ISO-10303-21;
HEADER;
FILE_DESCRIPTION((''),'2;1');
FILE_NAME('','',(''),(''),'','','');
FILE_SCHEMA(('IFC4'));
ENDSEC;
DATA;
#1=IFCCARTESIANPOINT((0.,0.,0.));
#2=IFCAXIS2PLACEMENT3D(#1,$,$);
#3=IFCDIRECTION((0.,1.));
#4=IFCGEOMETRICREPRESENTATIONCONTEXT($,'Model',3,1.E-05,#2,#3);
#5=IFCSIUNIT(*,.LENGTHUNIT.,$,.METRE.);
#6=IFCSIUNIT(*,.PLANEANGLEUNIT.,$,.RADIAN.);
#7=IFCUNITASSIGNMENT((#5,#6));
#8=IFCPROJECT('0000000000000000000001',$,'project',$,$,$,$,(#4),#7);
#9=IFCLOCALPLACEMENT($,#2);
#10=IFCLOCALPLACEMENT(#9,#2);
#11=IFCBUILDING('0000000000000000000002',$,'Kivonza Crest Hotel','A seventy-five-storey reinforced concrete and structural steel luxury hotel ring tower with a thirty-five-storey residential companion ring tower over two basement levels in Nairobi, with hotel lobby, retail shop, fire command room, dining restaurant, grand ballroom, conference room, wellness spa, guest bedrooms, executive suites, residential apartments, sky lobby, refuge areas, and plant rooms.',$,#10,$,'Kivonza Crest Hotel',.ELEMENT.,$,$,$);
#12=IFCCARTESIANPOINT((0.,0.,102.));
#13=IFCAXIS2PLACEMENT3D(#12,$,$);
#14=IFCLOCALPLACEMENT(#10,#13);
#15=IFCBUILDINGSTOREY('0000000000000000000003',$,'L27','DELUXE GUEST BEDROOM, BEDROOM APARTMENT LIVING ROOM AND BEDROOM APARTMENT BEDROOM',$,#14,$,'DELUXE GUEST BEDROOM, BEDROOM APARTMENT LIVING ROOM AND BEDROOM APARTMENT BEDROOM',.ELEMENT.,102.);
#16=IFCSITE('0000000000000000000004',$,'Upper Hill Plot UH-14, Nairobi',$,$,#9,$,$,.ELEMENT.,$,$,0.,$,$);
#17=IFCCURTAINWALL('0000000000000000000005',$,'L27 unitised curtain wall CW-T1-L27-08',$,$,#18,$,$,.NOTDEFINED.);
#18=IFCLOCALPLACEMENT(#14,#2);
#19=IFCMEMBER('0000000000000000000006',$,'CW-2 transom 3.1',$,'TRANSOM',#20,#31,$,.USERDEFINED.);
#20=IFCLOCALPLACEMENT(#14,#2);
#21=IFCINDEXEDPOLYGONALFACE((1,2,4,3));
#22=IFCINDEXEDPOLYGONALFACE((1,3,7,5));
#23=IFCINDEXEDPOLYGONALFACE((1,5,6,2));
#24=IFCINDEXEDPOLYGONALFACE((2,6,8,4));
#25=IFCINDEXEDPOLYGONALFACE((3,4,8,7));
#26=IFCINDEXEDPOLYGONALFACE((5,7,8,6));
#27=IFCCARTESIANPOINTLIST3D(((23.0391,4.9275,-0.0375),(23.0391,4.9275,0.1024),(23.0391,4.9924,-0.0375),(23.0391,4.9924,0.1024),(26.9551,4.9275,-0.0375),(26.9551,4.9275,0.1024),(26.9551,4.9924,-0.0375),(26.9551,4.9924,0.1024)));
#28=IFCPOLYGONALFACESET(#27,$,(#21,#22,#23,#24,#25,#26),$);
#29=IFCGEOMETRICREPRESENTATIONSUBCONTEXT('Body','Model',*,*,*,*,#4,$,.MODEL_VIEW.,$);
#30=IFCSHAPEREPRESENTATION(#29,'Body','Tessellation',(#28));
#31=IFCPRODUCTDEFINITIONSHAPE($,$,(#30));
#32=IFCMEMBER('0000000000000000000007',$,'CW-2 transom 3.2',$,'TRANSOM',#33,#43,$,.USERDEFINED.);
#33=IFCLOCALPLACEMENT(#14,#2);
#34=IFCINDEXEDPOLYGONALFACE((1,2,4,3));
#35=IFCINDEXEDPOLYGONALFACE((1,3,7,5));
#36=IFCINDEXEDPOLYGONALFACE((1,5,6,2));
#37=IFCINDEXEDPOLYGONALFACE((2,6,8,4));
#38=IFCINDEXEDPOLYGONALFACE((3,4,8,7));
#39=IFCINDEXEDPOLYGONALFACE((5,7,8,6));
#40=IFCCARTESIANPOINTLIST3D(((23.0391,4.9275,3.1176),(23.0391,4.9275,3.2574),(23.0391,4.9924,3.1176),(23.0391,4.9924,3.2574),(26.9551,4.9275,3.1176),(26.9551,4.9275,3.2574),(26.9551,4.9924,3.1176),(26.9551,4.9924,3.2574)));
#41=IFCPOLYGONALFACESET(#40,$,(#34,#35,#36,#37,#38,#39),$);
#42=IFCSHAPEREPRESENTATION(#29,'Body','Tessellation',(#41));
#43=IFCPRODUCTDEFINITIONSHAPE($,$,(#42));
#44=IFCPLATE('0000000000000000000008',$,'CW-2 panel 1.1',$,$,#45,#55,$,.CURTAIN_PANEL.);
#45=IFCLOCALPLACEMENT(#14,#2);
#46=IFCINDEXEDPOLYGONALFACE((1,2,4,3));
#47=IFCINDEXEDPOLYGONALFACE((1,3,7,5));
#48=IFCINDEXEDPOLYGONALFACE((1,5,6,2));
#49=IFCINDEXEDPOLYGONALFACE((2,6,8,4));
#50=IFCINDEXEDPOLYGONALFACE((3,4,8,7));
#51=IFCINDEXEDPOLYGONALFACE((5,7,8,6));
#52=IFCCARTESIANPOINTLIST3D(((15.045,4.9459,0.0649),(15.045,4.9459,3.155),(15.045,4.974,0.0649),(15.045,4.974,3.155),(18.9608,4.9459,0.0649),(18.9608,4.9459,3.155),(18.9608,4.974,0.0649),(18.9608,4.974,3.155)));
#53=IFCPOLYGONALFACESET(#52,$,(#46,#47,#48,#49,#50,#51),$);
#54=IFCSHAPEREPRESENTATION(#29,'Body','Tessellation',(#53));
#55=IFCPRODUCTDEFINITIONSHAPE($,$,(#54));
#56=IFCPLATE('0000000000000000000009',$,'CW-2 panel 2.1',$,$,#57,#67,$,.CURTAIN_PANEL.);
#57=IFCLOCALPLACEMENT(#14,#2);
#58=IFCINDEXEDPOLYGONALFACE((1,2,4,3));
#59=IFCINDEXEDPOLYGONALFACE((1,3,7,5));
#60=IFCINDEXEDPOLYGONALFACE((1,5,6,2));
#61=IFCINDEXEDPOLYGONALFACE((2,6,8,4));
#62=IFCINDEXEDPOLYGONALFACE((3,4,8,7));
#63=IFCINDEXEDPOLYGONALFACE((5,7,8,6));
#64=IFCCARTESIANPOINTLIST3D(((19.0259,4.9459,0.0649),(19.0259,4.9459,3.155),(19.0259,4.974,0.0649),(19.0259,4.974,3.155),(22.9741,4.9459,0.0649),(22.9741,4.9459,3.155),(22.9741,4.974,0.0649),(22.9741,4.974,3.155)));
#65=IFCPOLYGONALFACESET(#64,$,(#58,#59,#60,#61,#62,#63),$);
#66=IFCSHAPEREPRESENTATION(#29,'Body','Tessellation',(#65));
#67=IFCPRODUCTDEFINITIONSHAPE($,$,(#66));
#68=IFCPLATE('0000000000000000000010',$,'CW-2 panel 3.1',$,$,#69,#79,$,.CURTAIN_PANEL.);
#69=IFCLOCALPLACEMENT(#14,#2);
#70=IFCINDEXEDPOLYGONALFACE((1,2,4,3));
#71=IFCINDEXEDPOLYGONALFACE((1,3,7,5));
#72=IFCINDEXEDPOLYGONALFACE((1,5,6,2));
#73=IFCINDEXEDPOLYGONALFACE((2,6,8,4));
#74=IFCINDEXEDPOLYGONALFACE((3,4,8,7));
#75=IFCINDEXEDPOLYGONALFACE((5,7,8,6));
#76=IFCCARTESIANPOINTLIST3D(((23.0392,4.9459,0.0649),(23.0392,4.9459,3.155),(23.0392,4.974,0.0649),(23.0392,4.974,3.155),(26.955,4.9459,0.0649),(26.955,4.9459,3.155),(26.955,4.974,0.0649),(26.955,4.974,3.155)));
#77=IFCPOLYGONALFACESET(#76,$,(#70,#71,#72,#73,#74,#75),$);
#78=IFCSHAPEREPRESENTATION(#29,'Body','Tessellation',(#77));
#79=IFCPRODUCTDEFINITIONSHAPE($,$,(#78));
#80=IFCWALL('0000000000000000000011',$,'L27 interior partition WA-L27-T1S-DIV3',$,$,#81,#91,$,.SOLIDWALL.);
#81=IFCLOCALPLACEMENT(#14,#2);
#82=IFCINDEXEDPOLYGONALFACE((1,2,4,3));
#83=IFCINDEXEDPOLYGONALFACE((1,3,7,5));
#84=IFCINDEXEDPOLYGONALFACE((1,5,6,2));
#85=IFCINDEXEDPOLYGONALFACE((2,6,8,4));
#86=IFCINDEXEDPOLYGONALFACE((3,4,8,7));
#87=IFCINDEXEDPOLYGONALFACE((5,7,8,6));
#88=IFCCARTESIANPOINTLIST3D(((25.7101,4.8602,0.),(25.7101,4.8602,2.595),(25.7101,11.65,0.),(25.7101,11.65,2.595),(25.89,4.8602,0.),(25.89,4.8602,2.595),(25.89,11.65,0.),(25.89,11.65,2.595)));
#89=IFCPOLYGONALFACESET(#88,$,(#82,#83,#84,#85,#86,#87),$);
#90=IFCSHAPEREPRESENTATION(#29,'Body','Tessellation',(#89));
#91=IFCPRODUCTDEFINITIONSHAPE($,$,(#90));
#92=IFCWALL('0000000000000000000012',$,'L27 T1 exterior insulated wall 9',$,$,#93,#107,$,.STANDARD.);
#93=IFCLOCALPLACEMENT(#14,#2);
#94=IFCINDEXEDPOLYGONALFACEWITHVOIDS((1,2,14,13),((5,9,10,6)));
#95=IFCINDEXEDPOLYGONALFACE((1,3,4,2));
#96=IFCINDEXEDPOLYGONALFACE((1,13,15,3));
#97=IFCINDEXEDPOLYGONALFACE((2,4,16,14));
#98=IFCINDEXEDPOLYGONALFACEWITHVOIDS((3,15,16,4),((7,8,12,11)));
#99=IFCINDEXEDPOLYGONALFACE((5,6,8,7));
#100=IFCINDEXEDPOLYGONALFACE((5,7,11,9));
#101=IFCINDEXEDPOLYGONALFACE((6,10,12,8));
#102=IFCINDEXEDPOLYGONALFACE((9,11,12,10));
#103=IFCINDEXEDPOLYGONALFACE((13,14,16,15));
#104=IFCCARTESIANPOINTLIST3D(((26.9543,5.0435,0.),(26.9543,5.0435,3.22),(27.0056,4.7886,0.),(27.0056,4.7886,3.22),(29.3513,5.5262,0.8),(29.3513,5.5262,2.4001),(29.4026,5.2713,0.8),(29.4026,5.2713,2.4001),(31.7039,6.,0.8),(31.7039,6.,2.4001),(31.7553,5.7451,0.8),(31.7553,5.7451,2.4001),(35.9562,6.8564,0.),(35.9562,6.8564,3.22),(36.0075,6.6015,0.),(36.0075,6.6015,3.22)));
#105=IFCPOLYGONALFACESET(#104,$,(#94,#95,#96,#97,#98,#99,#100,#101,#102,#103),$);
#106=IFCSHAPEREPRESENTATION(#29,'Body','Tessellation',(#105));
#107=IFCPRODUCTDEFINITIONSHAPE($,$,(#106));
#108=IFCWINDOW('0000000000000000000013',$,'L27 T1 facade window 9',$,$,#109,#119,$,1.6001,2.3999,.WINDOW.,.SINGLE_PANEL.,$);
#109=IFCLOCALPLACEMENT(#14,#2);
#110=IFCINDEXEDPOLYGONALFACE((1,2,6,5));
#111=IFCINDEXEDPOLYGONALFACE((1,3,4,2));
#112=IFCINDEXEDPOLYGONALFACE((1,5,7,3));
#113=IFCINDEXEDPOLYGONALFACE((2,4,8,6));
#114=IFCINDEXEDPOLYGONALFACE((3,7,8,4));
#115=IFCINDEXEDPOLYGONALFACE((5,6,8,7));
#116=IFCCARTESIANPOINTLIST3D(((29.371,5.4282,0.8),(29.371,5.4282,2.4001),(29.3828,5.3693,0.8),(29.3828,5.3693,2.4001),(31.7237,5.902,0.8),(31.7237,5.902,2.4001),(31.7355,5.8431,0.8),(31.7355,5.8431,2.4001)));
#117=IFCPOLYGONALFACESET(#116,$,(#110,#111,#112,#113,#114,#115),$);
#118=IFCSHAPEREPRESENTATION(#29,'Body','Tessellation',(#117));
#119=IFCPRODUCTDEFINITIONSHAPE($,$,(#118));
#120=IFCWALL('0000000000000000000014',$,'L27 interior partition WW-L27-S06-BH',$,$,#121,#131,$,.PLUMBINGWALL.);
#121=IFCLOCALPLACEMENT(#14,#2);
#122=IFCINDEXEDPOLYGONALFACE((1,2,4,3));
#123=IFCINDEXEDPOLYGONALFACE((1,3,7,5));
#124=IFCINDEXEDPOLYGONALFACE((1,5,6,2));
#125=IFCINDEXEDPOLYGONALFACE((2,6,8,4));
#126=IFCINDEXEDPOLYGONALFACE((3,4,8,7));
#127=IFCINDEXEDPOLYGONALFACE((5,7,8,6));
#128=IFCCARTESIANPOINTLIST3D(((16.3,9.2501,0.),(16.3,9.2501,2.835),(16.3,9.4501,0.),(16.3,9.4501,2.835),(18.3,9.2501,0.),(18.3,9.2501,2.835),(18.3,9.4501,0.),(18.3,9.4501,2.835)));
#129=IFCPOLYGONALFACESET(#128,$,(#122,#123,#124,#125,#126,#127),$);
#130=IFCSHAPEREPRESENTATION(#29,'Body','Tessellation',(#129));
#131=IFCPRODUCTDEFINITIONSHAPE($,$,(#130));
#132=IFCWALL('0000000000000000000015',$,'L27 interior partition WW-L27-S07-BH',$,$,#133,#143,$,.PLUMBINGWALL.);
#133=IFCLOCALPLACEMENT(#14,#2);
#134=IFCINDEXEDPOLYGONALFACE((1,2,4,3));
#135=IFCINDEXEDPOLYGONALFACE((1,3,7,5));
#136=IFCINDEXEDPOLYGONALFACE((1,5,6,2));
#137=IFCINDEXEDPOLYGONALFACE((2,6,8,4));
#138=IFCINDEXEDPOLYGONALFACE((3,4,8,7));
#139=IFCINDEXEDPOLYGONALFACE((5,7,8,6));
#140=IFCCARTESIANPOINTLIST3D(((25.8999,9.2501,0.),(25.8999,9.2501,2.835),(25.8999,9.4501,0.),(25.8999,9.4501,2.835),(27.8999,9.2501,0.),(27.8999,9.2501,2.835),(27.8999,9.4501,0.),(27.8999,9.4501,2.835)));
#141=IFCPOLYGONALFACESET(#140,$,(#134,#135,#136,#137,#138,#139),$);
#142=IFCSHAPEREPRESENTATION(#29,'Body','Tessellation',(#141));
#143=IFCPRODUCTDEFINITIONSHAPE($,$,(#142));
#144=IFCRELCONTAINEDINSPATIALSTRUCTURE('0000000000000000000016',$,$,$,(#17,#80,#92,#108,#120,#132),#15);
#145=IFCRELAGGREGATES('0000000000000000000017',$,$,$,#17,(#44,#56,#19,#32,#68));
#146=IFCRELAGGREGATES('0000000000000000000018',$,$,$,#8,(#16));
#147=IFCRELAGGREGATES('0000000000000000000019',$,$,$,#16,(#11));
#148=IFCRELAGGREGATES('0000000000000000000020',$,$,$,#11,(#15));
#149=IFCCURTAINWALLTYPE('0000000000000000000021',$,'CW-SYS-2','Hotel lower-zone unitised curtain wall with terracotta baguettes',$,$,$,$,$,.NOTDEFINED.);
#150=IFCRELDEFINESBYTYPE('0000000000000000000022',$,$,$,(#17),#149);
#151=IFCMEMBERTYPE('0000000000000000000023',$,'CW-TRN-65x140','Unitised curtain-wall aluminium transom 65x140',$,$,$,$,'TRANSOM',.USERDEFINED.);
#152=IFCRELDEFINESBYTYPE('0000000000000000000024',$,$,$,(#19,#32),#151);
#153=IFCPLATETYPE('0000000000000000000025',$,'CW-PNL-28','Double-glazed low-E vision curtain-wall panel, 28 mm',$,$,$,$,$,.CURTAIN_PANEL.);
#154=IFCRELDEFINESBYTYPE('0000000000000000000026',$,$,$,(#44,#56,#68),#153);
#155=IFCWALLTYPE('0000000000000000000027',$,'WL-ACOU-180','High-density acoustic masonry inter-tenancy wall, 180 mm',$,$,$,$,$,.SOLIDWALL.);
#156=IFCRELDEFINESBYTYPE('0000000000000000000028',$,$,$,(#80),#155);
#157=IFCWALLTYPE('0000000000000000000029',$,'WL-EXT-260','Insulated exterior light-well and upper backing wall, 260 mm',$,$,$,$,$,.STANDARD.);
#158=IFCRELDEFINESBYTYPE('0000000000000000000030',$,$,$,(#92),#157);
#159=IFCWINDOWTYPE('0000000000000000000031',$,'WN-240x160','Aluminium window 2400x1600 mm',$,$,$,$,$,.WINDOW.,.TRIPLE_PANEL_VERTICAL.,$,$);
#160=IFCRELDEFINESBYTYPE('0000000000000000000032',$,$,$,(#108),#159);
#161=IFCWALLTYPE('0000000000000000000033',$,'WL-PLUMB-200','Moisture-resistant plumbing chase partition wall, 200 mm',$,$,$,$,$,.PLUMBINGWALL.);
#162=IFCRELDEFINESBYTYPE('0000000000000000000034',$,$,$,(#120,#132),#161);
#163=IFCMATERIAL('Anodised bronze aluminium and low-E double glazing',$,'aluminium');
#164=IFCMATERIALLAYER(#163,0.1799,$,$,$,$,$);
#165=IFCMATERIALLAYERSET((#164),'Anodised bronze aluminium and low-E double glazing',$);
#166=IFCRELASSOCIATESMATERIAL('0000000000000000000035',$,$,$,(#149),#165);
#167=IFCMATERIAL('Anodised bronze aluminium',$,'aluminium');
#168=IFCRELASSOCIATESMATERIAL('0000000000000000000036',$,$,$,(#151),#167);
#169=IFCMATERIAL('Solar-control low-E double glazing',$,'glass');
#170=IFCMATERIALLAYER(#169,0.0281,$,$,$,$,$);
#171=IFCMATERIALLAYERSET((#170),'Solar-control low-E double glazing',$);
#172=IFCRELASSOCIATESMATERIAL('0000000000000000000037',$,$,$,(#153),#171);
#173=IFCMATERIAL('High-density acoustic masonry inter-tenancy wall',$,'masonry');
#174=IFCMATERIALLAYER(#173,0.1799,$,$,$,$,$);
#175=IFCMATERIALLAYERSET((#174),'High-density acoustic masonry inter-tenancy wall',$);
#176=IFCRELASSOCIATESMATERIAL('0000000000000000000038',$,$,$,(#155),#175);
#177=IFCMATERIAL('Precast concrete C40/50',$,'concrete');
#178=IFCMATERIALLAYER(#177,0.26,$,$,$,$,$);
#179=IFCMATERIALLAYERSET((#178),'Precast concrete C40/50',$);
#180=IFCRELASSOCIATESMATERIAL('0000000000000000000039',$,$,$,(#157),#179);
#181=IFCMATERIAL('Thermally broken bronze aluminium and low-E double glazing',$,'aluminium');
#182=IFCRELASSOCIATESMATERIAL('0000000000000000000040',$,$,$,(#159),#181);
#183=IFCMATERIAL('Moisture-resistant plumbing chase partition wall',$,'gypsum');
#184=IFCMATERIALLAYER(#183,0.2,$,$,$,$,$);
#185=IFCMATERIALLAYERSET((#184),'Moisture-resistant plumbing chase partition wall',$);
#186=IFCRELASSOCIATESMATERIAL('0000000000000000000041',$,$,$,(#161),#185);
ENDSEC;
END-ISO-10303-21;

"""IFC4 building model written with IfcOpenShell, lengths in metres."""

from ifc_helpers import new_model, si_unit, direction, frame, frame_2d, origin, origin_2d, place, context, subcontext, project, spatial, rectangle, extrude, material, layer, layer_set, material_profile, profile_set, type_object, element, fill, aggregate, save


model = new_model("IFC4")

# Units and contexts
model_context = context("Model", 3, precision=1e-05, world=origin(), true_north=direction((0.0, 1.0)))
body_context = subcontext(model_context, "Body", "Model", "MODEL_VIEW")
ifc_project = project(units=[si_unit("LENGTHUNIT", "METRE"), si_unit("PLANEANGLEUNIT", "RADIAN")], contexts=[model_context])

# Site, building, storey
site_placement = place(None, origin())
site = spatial("IfcSite", under=ifc_project, at=site_placement, Name="Upper Hill Plot UH-14, Nairobi", CompositionType="ELEMENT", RefElevation=0.0)
building_placement = place(site_placement, origin())
building = spatial("IfcBuilding", under=site, at=building_placement, Name="Kivonza Crest Hotel", Description="A seventy-five-storey reinforced concrete and structural steel luxury hotel ring tower with a thirty-five-storey residential companion ring tower over two basement levels in Nairobi, with hotel lobby, retail shop, fire command room, dining restaurant, grand ballroom, conference room, wellness spa, guest bedrooms, executive suites, residential apartments, sky lobby, refuge areas, and plant rooms.", LongName="Kivonza Crest Hotel", CompositionType="ELEMENT")
storey_placement = place(building_placement, frame((0.0, 0.0, 102.0)))
storey = spatial("IfcBuildingStorey", under=building, at=storey_placement, Name="L27", Description="DELUXE GUEST BEDROOM, BEDROOM APARTMENT LIVING ROOM AND BEDROOM APARTMENT BEDROOM", LongName="DELUXE GUEST BEDROOM, BEDROOM APARTMENT LIVING ROOM AND BEDROOM APARTMENT BEDROOM", CompositionType="ELEMENT", Elevation=102.0)

# Curtain wall, members, plates
ifc_material_1 = material(Name="Anodised bronze aluminium and low-E double glazing", Category="aluminium")
ifc_layer_1 = layer(ifc_material_1, 0.1799)
ifc_layer_set_1 = layer_set([ifc_layer_1], Name="Anodised bronze aluminium and low-E double glazing")
curtain_wall_type = type_object("IfcCurtainWallType", Name="CW-SYS-2", Description="Hotel lower-zone unitised curtain wall with terracotta baguettes", PredefinedType="NOTDEFINED", material=ifc_layer_set_1)
curtain_wall_placement = place(storey_placement, origin())
curtain_wall = element("IfcCurtainWall", 1, at=curtain_wall_placement, inside=storey, type_object=curtain_wall_type, Name="L27 unitised curtain wall CW-T1-L27-08", PredefinedType="NOTDEFINED")
ifc_material_2 = material(Name="Anodised bronze aluminium", Category="aluminium")
ifc_material_profile_1 = material_profile(ifc_material_2, rectangle(XDim=0.0649, YDim=0.1399, at=origin_2d()), Name="CW-T 65x140")
ifc_profile_set_1 = profile_set([ifc_material_profile_1], Name="Anodised bronze aluminium")
member_type_1 = type_object("IfcMemberType", Name="CW-TRN-65x140", Description="Unitised curtain-wall aluminium transom 65x140", ElementType="TRANSOM", PredefinedType="USERDEFINED", material=ifc_profile_set_1)
member_1_placement = place(storey_placement, frame((23.0391, 4.96, 0.0325), z_axis=(1.0, 0.0, 0.0), x_axis=(0.0, 1.0, 0.0)))
member_1 = element("IfcMember", 2, at=member_1_placement, type_object=member_type_1, Name="CW-2 transom 3.1", ObjectType="TRANSOM", PredefinedType="USERDEFINED", context=body_context, shape_type="SweptSolid", body=[
    extrude(rectangle(XDim=0.0649, YDim=0.1399, at=origin_2d()), origin(), (0.0, 0.0, 1.0), 3.916),
])
member_2_placement = place(storey_placement, frame((23.0391, 4.96, 3.1875), z_axis=(1.0, 0.0, 0.0), x_axis=(0.0, 1.0, 0.0)))
member_2 = element("IfcMember", 3, at=member_2_placement, type_object=member_type_1, Name="CW-2 transom 3.2", ObjectType="TRANSOM", PredefinedType="USERDEFINED", context=body_context, shape_type="SweptSolid", body=[
    extrude(rectangle(XDim=0.0649, YDim=0.1399, at=origin_2d()), origin(), (0.0, 0.0, 1.0), 3.916),
])
ifc_material_3 = material(Name="Solar-control low-E double glazing", Category="glass")
ifc_layer_2 = layer(ifc_material_3, 0.0281)
ifc_layer_set_2 = layer_set([ifc_layer_2], Name="Solar-control low-E double glazing")
plate_type = type_object("IfcPlateType", Name="CW-PNL-28", Description="Double-glazed low-E vision curtain-wall panel, 28 mm", PredefinedType="CURTAIN_PANEL", material=ifc_layer_set_2)
plate_1_placement = place(storey_placement, frame((17.0029, 4.96, 0.0649), z_axis=(0.0, 0.0, 1.0), x_axis=(1.0, 0.0, 0.0)))
plate_1 = element("IfcPlate", 4, at=plate_1_placement, type_object=plate_type, Name="CW-2 panel 1.1", PredefinedType="CURTAIN_PANEL", context=body_context, shape_type="SweptSolid", body=[
    extrude(rectangle(XDim=3.9158, YDim=0.0281, at=origin_2d()), origin(), (0.0, 0.0, 1.0), 3.0901),
])
plate_2_placement = place(storey_placement, frame((21.0, 4.96, 0.0649), z_axis=(0.0, 0.0, 1.0), x_axis=(1.0, 0.0, 0.0)))
plate_2 = element("IfcPlate", 5, at=plate_2_placement, type_object=plate_type, Name="CW-2 panel 2.1", PredefinedType="CURTAIN_PANEL", context=body_context, shape_type="SweptSolid", body=[
    extrude(rectangle(XDim=3.9482, YDim=0.0281, at=origin_2d()), origin(), (0.0, 0.0, 1.0), 3.0901),
])
plate_3_placement = place(storey_placement, frame((24.9971, 4.96, 0.0649), z_axis=(0.0, 0.0, 1.0), x_axis=(1.0, 0.0, 0.0)))
plate_3 = element("IfcPlate", 6, at=plate_3_placement, type_object=plate_type, Name="CW-2 panel 3.1", PredefinedType="CURTAIN_PANEL", context=body_context, shape_type="SweptSolid", body=[
    extrude(rectangle(XDim=3.9158, YDim=0.0281, at=origin_2d()), origin(), (0.0, 0.0, 1.0), 3.0901),
])
aggregate(curtain_wall, [plate_1, plate_2, member_1, member_2, plate_3])

# Wall
ifc_material_4 = material(Name="High-density acoustic masonry inter-tenancy wall", Category="masonry")
ifc_layer_3 = layer(ifc_material_4, 0.1799)
ifc_layer_set_3 = layer_set([ifc_layer_3], Name="High-density acoustic masonry inter-tenancy wall")
wall_type_1 = type_object("IfcWallType", Name="WL-ACOU-180", Description="High-density acoustic masonry inter-tenancy wall, 180 mm", PredefinedType="SOLIDWALL", material=ifc_layer_set_3)
wall_1_placement = place(storey_placement, frame((25.8, 4.8601, 0.0), z_axis=(0.0, 0.0, 1.0), x_axis=(0.0, 1.0, 0.0)))
element("IfcWall", 7, at=wall_1_placement, inside=storey, type_object=wall_type_1, Name="L27 interior partition WA-L27-T1S-DIV3", PredefinedType="SOLIDWALL", context=body_context, shape_type="SweptSolid", body=[
    extrude(rectangle(XDim=6.7898, YDim=0.1799, at=frame_2d((3.395, 0.0))), origin(), (0.0, 0.0, 1.0), 2.595),
])

# Wall, opening, window
ifc_material_5 = material(Name="Precast concrete C40/50", Category="concrete")
ifc_layer_4 = layer(ifc_material_5, 0.26)
ifc_layer_set_4 = layer_set([ifc_layer_4], Name="Precast concrete C40/50")
wall_type_2 = type_object("IfcWallType", Name="WL-EXT-260", Description="Insulated exterior light-well and upper backing wall, 260 mm", PredefinedType="STANDARD", material=ifc_layer_set_4)
wall_2_placement = place(storey_placement, frame((26.98, 4.916, 0.0), z_axis=(0.0, 0.0, 1.0), x_axis=(0.980316, 0.197435, 0.0)))
wall_2 = element("IfcWall", 8, at=wall_2_placement, inside=storey, type_object=wall_type_2, Name="L27 T1 exterior insulated wall 9", PredefinedType="STANDARD", context=body_context, shape_type="SweptSolid", body=[
    extrude(rectangle(XDim=9.1826, YDim=0.26, at=frame_2d((4.5913, 0.0))), origin(), (0.0, 0.0, 1.0), 3.22),
])
opening_placement = place(wall_2_placement, frame((2.4451, 0.0, 0.8)))
opening = element("IfcOpeningElement", 9, at=opening_placement, cuts=wall_2, PredefinedType="OPENING", context=body_context, shape_type="SweptSolid", body=[
    extrude(rectangle(XDim=2.3999, YDim=1.6001, at=frame_2d((1.2, 0.8))), frame((0.0, 0.1401, 0.0), z_axis=(0.0, -1.0, 0.0), x_axis=(1.0, 0.0, 0.0)), (0.0, 0.0, 1.0), 0.28),
])
ifc_material_6 = material(Name="Thermally broken bronze aluminium and low-E double glazing", Category="aluminium")
window_type = type_object("IfcWindowType", Name="WN-240x160", Description="Aluminium window 2400x1600 mm", PartitioningType="TRIPLE_PANEL_VERTICAL", PredefinedType="WINDOW", material=ifc_material_6)
window_placement = place(opening_placement, origin())
window = element("IfcWindow", 10, at=window_placement, inside=storey, type_object=window_type, Name="L27 T1 facade window 9", OverallHeight=1.6001, OverallWidth=2.3999, PartitioningType="SINGLE_PANEL", PredefinedType="WINDOW", context=body_context, shape_type="SweptSolid", body=[
    extrude(rectangle(XDim=2.3999, YDim=1.6001, at=frame_2d((1.2, 0.8))), frame((0.0, 0.03, 0.0), z_axis=(0.0, -1.0, 0.0), x_axis=(1.0, 0.0, 0.0)), (0.0, 0.0, 1.0), 0.0601),
])
fill(opening, window)

# Walls
ifc_material_7 = material(Name="Moisture-resistant plumbing chase partition wall", Category="gypsum")
ifc_layer_5 = layer(ifc_material_7, 0.2)
ifc_layer_set_5 = layer_set([ifc_layer_5], Name="Moisture-resistant plumbing chase partition wall")
wall_type_3 = type_object("IfcWallType", Name="WL-PLUMB-200", Description="Moisture-resistant plumbing chase partition wall, 200 mm", PredefinedType="PLUMBINGWALL", material=ifc_layer_set_5)
for number, where, z_axis, x_axis, name in (
    (11, (16.3, 9.3501, 0.0), (0.0, 0.0, 1.0), (1.0, 0.0, 0.0), "L27 interior partition WW-L27-S06-BH"),
    (12, (25.8999, 9.3501, 0.0), (0.0, 0.0, 1.0), (1.0, 0.0, 0.0), "L27 interior partition WW-L27-S07-BH"),
):
    element("IfcWall", number, at=place(storey_placement, frame(where, z_axis=z_axis, x_axis=x_axis)), inside=storey, type_object=wall_type_3, Name=name, PredefinedType="PLUMBINGWALL", context=body_context, shape_type="SweptSolid", body=[
        extrude(rectangle(XDim=2.0, YDim=0.2, at=frame_2d((1.0, 0.0))), origin(), (0.0, 0.0, 1.0), 2.835),
    ])

save(model, "model.ifc")
